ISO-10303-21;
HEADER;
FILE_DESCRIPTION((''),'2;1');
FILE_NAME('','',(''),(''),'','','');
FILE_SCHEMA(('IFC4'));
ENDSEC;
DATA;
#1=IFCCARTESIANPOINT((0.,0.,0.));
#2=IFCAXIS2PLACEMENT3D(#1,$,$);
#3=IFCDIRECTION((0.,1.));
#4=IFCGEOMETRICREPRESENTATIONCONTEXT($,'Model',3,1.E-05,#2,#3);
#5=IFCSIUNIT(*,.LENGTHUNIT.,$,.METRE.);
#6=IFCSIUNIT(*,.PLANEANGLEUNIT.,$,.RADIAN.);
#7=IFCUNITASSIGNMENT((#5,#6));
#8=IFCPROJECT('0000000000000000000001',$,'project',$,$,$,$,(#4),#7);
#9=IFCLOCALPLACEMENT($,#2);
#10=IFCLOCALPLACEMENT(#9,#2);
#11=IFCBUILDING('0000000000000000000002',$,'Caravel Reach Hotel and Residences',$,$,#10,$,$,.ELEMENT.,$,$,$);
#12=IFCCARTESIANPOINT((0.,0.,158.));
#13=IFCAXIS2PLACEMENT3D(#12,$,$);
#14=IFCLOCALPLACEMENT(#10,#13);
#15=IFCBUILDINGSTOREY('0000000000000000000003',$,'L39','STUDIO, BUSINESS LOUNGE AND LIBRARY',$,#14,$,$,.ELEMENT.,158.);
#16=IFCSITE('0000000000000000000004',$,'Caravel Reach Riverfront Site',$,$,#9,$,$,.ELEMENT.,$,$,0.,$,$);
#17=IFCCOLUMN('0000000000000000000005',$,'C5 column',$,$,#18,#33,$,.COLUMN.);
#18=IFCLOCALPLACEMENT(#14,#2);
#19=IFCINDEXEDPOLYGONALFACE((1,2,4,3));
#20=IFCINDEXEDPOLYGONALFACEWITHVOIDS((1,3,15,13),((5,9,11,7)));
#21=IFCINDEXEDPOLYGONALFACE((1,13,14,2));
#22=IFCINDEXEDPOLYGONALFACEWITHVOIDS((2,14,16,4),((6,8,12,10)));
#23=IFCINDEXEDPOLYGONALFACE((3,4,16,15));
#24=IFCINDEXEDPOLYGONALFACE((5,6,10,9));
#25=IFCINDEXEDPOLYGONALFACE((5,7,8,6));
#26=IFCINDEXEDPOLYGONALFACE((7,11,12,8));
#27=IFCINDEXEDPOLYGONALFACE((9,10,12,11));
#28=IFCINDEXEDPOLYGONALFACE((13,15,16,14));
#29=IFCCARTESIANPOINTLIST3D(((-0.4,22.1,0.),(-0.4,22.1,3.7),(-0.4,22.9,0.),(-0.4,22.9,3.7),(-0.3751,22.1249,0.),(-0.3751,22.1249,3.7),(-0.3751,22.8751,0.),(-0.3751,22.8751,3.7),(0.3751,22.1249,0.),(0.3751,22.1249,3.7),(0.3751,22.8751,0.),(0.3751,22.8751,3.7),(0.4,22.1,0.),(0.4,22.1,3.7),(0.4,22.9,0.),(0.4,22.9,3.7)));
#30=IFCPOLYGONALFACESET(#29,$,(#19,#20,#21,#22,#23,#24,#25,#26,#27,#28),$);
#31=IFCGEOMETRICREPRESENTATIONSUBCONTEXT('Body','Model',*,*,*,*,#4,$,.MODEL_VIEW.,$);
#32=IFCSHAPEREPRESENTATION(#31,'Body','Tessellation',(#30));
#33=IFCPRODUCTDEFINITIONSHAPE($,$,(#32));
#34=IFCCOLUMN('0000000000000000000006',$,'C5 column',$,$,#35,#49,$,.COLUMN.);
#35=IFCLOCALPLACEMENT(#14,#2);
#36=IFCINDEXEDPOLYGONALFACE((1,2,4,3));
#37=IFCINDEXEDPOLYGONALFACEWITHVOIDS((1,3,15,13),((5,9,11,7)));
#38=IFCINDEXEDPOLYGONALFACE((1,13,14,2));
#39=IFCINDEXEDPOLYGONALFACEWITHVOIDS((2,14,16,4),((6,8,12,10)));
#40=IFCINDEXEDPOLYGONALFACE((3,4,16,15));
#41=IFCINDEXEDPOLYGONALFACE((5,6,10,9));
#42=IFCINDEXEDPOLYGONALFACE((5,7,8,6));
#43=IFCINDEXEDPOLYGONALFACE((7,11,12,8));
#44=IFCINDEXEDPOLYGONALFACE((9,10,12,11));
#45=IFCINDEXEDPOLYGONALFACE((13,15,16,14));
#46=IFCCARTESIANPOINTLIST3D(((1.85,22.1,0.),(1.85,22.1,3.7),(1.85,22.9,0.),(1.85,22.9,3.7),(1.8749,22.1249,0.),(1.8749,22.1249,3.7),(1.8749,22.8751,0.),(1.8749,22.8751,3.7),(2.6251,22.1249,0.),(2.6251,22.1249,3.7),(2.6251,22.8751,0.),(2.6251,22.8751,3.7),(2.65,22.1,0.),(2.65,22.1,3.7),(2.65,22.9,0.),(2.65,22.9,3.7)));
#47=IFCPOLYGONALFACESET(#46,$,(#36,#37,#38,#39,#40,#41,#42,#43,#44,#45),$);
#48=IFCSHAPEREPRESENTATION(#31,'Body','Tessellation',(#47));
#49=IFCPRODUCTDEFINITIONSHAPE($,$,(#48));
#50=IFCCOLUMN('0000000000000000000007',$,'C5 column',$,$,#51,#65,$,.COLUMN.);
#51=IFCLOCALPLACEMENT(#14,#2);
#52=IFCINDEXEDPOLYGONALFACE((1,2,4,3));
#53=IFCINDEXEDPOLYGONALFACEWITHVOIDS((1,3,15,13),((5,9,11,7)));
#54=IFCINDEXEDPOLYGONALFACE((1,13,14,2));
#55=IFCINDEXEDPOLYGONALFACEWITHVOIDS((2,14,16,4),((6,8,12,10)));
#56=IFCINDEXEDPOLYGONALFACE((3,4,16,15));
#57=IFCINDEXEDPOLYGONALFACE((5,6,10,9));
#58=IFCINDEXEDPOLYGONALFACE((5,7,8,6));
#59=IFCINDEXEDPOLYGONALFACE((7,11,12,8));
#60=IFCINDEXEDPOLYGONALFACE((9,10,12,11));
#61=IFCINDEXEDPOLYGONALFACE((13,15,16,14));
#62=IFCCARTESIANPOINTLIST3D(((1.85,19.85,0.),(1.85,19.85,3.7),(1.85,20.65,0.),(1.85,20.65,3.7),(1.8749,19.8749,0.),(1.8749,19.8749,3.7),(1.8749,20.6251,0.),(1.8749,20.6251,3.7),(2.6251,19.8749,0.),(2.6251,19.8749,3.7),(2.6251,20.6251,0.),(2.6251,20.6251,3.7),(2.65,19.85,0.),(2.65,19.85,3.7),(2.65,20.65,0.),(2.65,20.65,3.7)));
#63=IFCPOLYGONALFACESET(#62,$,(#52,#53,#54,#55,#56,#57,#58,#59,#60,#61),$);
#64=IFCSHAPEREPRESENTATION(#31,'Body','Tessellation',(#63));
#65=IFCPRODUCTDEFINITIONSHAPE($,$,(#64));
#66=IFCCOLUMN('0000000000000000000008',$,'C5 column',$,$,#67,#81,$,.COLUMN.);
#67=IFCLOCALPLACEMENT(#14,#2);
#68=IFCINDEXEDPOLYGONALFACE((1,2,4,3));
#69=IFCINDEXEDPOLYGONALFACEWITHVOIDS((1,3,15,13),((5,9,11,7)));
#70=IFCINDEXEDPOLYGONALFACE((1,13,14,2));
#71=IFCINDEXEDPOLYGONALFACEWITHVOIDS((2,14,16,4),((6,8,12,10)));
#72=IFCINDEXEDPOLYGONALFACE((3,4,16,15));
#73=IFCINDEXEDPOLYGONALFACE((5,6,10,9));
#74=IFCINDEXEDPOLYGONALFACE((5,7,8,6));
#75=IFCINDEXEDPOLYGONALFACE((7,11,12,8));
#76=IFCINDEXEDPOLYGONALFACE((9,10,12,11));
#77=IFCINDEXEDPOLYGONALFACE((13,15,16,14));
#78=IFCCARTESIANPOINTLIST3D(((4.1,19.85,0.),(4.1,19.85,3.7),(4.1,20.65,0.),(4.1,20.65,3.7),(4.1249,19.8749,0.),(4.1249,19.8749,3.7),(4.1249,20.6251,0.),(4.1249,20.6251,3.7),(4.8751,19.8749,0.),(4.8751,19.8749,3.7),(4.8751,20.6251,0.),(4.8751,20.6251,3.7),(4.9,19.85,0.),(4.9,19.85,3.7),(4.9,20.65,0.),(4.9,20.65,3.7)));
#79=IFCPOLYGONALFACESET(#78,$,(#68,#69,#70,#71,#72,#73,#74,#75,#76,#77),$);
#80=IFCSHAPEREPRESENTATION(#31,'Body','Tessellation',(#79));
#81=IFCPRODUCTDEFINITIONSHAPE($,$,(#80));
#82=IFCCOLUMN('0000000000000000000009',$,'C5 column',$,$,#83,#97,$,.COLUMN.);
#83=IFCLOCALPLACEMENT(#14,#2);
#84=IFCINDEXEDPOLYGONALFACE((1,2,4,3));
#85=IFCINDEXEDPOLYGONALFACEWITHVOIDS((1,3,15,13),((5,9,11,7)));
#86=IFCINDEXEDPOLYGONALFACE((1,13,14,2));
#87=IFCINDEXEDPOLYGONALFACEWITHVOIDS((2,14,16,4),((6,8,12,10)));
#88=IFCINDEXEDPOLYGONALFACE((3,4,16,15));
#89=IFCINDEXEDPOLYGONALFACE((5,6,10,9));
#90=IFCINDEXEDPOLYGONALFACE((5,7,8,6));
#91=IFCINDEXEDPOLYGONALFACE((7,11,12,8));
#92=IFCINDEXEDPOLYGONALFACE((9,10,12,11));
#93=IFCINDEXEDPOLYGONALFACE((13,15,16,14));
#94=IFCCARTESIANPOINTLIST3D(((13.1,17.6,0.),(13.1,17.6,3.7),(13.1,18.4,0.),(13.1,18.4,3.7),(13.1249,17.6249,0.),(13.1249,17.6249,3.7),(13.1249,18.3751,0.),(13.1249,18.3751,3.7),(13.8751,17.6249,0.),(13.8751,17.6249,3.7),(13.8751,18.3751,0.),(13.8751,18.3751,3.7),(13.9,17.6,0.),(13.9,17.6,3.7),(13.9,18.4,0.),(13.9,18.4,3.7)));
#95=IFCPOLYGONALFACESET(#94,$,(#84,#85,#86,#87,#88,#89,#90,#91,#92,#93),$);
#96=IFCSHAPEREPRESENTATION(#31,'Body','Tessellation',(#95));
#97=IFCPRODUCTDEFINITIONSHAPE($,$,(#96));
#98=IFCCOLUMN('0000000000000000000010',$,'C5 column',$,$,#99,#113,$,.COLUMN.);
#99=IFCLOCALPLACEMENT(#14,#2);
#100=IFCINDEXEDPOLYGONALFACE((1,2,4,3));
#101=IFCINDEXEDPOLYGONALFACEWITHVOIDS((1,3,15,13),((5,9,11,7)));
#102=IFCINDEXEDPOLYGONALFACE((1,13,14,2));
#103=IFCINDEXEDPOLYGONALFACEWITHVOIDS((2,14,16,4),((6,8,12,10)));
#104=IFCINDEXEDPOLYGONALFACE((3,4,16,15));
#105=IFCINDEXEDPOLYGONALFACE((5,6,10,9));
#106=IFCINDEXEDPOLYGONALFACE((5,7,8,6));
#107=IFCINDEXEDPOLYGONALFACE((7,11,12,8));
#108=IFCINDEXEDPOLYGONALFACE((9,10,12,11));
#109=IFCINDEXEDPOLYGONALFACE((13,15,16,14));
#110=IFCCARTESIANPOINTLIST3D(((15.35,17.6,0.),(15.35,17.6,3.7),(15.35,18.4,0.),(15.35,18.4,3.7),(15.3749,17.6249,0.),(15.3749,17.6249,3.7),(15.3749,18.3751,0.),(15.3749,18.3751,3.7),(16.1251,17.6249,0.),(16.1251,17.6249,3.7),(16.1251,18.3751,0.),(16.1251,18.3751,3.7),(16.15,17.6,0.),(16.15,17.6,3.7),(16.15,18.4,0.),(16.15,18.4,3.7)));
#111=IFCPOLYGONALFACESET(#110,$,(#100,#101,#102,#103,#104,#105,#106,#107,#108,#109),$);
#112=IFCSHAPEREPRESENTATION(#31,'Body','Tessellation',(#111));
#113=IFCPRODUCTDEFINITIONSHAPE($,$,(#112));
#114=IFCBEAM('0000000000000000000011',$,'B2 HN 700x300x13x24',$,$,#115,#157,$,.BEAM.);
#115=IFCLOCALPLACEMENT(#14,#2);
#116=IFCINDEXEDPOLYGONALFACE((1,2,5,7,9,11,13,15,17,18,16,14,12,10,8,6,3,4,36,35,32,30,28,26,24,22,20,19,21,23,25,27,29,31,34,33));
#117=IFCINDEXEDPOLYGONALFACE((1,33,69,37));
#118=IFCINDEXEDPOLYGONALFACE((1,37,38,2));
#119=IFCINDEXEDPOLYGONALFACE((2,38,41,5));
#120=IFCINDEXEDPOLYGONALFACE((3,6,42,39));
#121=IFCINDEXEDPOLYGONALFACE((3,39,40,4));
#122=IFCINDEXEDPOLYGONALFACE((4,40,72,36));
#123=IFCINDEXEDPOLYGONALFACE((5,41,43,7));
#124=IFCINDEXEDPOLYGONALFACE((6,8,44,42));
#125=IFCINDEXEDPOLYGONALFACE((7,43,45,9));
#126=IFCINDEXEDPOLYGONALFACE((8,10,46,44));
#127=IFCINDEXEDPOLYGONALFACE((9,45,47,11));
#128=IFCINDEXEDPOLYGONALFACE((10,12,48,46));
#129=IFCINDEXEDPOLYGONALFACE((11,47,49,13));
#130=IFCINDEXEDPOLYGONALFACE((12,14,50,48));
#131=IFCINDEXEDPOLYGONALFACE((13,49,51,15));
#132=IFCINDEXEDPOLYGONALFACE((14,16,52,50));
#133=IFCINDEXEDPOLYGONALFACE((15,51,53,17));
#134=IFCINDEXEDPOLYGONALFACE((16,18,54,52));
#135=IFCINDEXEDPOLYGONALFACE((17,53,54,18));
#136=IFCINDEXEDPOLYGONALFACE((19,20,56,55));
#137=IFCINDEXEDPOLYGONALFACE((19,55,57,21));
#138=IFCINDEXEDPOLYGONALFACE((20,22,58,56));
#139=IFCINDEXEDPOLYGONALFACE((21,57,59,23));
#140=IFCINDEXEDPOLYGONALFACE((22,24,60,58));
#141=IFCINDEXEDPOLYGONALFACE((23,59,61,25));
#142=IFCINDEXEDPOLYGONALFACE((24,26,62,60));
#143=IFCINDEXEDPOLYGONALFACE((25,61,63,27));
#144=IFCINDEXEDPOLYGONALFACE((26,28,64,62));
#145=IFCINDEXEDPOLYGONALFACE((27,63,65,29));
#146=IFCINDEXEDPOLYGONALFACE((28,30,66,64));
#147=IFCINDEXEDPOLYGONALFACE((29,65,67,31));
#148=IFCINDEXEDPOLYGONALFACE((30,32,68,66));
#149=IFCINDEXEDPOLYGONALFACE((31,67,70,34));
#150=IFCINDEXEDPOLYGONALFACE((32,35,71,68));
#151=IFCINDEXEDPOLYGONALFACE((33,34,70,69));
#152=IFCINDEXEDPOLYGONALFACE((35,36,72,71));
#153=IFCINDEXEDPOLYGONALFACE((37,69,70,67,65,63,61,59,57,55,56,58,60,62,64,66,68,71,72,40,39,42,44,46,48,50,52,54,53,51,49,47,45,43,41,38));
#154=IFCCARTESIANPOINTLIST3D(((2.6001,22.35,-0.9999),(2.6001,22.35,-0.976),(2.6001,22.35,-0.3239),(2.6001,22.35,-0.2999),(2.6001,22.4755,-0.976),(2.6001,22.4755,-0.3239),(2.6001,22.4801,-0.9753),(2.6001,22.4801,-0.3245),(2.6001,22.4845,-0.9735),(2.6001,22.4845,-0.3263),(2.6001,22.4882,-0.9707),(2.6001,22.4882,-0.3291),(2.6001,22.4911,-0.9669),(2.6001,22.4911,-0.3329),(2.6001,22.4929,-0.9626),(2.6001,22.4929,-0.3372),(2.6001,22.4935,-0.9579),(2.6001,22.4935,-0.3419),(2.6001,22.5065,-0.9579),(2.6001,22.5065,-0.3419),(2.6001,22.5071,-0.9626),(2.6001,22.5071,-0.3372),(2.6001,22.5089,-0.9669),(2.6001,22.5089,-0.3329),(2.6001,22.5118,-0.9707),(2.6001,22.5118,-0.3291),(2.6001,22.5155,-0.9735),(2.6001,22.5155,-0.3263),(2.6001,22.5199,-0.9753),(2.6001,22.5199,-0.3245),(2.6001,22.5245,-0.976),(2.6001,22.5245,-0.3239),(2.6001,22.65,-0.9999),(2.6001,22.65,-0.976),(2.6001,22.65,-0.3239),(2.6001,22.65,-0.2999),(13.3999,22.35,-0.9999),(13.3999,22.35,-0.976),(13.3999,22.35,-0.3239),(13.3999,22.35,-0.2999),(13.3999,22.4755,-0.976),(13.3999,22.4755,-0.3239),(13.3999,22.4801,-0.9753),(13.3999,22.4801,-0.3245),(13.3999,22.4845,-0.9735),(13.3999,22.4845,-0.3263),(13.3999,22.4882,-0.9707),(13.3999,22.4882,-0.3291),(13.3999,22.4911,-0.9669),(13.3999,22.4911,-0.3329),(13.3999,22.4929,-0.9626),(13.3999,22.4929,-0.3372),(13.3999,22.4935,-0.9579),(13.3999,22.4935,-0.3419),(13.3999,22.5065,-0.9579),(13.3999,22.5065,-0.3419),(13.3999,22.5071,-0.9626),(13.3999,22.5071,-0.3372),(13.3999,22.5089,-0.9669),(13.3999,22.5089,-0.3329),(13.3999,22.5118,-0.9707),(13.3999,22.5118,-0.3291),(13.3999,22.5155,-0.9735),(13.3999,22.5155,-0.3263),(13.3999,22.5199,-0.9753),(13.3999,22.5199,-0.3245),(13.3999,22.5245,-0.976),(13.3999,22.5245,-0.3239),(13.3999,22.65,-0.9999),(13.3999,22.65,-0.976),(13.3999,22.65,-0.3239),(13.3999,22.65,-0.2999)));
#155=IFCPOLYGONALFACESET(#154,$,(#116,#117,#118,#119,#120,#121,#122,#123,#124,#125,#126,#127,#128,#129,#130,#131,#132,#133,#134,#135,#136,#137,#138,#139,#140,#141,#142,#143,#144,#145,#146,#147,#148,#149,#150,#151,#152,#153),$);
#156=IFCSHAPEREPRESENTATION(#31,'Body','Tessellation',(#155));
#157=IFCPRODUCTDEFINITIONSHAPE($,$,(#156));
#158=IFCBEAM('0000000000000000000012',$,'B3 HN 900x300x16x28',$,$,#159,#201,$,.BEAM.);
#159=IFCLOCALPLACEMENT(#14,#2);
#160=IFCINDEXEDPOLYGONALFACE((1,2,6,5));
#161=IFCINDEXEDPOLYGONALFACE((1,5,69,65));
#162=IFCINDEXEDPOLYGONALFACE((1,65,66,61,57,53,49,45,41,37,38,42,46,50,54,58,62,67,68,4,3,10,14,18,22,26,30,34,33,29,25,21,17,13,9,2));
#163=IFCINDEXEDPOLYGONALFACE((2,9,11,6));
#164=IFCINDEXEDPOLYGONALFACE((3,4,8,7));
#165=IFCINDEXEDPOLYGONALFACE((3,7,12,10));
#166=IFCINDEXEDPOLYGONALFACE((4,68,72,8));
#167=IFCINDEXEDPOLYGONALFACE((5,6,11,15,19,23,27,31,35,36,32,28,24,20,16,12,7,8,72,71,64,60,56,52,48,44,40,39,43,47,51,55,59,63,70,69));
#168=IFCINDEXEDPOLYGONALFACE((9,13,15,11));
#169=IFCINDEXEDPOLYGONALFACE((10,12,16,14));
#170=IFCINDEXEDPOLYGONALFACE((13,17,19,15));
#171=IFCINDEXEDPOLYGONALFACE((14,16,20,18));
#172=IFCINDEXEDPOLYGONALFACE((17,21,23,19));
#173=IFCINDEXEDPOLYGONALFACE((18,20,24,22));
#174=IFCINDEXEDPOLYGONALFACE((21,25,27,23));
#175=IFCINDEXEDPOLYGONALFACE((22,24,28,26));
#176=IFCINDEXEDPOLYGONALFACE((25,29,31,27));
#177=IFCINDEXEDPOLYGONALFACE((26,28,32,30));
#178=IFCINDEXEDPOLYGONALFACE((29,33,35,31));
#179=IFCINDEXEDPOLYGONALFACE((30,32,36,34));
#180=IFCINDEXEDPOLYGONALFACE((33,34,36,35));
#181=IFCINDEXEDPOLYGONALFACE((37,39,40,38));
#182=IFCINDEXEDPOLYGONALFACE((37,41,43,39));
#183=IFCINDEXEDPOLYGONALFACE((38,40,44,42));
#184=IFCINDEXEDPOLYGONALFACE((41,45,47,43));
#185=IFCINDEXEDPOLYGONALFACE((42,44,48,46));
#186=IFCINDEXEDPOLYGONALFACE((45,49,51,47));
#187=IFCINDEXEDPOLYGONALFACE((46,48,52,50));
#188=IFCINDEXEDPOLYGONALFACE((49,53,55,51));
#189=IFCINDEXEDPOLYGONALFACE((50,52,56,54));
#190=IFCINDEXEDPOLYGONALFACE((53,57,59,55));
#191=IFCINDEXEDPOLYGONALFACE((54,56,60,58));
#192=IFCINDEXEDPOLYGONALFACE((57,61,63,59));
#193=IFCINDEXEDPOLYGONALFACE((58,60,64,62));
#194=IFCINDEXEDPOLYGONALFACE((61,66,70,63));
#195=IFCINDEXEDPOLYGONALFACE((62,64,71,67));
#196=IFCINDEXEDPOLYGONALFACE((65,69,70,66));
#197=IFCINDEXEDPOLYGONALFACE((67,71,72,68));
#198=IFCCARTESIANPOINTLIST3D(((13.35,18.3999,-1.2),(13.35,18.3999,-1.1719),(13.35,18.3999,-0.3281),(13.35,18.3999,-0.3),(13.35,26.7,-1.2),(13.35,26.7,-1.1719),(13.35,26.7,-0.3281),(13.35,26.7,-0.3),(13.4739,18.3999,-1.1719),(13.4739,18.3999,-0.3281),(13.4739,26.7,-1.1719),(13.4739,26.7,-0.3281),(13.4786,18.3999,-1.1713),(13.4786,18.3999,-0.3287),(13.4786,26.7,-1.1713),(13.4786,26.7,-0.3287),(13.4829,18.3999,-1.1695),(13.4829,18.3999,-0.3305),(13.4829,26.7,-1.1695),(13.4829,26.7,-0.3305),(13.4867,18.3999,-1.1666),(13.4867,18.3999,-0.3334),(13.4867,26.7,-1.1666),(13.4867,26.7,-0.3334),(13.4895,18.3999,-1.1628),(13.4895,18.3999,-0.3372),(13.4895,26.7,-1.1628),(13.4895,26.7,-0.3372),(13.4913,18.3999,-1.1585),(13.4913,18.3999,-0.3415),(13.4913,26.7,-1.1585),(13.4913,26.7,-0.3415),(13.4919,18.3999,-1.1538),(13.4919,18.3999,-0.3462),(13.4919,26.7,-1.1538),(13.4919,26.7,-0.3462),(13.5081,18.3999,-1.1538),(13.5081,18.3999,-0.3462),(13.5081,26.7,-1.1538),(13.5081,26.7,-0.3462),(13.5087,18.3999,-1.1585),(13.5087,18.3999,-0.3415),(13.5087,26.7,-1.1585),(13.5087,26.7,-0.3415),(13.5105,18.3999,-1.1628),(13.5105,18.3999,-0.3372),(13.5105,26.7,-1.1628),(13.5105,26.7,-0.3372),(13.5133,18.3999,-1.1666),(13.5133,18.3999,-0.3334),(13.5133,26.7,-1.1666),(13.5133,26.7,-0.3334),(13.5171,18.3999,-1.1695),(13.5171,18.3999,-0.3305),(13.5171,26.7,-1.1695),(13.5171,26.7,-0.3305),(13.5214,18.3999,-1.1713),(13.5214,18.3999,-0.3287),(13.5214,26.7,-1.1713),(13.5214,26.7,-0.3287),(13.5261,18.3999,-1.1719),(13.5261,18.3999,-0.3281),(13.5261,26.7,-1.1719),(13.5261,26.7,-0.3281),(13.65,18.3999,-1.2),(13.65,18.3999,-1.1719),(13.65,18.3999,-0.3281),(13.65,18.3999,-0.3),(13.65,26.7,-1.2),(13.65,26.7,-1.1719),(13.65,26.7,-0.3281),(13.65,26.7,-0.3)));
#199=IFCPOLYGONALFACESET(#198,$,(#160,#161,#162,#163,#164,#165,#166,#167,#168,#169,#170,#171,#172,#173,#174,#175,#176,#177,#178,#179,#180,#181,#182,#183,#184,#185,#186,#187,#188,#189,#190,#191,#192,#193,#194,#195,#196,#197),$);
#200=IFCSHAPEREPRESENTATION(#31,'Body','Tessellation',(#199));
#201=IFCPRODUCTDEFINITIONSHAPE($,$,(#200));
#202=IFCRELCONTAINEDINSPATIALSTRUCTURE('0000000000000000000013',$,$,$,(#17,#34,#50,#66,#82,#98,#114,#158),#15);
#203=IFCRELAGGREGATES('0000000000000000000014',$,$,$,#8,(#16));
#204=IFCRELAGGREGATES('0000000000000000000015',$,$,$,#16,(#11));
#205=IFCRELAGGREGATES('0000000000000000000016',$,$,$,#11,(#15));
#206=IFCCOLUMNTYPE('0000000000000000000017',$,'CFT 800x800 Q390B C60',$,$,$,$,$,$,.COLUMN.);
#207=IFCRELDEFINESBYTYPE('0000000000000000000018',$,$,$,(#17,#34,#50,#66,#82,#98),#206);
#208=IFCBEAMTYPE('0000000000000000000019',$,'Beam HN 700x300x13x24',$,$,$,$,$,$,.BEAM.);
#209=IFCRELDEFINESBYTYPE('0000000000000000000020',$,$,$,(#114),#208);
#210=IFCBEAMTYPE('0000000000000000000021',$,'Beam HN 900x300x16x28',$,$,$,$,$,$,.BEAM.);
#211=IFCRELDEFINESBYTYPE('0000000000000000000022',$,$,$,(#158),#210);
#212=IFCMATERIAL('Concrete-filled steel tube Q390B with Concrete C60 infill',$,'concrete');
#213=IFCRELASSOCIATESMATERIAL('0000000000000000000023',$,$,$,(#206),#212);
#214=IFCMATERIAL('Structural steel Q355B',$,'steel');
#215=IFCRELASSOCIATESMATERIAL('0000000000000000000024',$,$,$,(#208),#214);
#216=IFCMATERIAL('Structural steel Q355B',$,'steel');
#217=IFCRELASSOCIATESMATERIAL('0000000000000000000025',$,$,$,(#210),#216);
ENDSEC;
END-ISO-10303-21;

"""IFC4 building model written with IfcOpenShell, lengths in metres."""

from ifc_helpers import new_model, si_unit, direction, frame, origin, origin_2d, place, context, subcontext, project, spatial, hollow_rectangle, i_section, extrude, material, material_profile, profile_set, type_object, element, save


model = new_model("IFC4")

# Units and contexts
model_context = context("Model", 3, precision=1e-05, world=origin(), true_north=direction((0.0, 1.0)))
body_context = subcontext(model_context, "Body", "Model", "MODEL_VIEW")
ifc_project = project(units=[si_unit("LENGTHUNIT", "METRE"), si_unit("PLANEANGLEUNIT", "RADIAN")], contexts=[model_context])

# Site, building, storey
site_placement = place(None, origin())
site = spatial("IfcSite", under=ifc_project, at=site_placement, Name="Caravel Reach Riverfront Site", CompositionType="ELEMENT", RefElevation=0.0)
building_placement = place(site_placement, origin())
building = spatial("IfcBuilding", under=site, at=building_placement, Name="Caravel Reach Hotel and Residences", CompositionType="ELEMENT")
storey_placement = place(building_placement, frame((0.0, 0.0, 158.0)))
storey = spatial("IfcBuildingStorey", under=building, at=storey_placement, Name="L39", Description="STUDIO, BUSINESS LOUNGE AND LIBRARY", CompositionType="ELEMENT", Elevation=158.0)

# Columns
ifc_material_1 = material(Name="Concrete-filled steel tube Q390B with Concrete C60 infill", Category="concrete")
ifc_material_profile_1 = material_profile(ifc_material_1, hollow_rectangle(XDim=0.8, YDim=0.8, WallThickness=0.0249, at=origin_2d()), Name="RHS 800x800x25")
ifc_profile_set_1 = profile_set([ifc_material_profile_1], Name="Concrete-filled steel tube Q390B with Concrete C60 infill")
column_type = type_object("IfcColumnType", Name="CFT 800x800 Q390B C60", PredefinedType="COLUMN", material=ifc_profile_set_1)
for number, where, z_axis, x_axis, name in (
    (1, (0.0, 22.5, 0.0), (0.0, 0.0, 1.0), (1.0, 0.0, 0.0), "C5 column"),
    (2, (2.25, 22.5, 0.0), (0.0, 0.0, 1.0), (1.0, 0.0, 0.0), "C5 column"),
    (3, (2.25, 20.25, 0.0), (0.0, 0.0, 1.0), (1.0, 0.0, 0.0), "C5 column"),
    (4, (4.5, 20.25, 0.0), (0.0, 0.0, 1.0), (1.0, 0.0, 0.0), "C5 column"),
    (5, (13.5, 18.0, 0.0), (0.0, 0.0, 1.0), (1.0, 0.0, 0.0), "C5 column"),
    (6, (15.75, 18.0, 0.0), (0.0, 0.0, 1.0), (1.0, 0.0, 0.0), "C5 column"),
):
    element("IfcColumn", number, at=place(storey_placement, frame(where, z_axis=z_axis, x_axis=x_axis)), inside=storey, type_object=column_type, Name=name, PredefinedType="COLUMN", context=body_context, shape_type="SweptSolid", body=[
        extrude(hollow_rectangle(XDim=0.8, YDim=0.8, WallThickness=0.0249, at=origin_2d()), origin(), (0.0, 0.0, 1.0), 3.7),
    ])

# Beams
ifc_material_2 = material(Name="Structural steel Q355B", Category="steel")
ifc_material_profile_2 = material_profile(ifc_material_2, i_section(OverallWidth=0.3, OverallDepth=0.7, WebThickness=0.0129, FlangeThickness=0.0239, FilletRadius=0.0181, at=origin_2d()), Name="HN 700x300x13x24")
ifc_profile_set_2 = profile_set([ifc_material_profile_2], Name="Structural steel Q355B")
beam_type_1 = type_object("IfcBeamType", Name="Beam HN 700x300x13x24", PredefinedType="BEAM", material=ifc_profile_set_2)
beam_1_placement = place(storey_placement, frame((13.3999, 22.5, -0.6499), z_axis=(-1.0, 0.0, 0.0), x_axis=(0.0, -1.0, 0.0)))
element("IfcBeam", 7, at=beam_1_placement, inside=storey, type_object=beam_type_1, Name="B2 HN 700x300x13x24", PredefinedType="BEAM", context=body_context, shape_type="SweptSolid", body=[
    extrude(i_section(OverallWidth=0.3, OverallDepth=0.7, WebThickness=0.0129, FlangeThickness=0.0239, FilletRadius=0.0181, at=origin_2d()), origin(), (0.0, 0.0, 1.0), 10.7998),
])
ifc_material_3 = material(Name="Structural steel Q355B", Category="steel")
ifc_material_profile_3 = material_profile(ifc_material_3, i_section(OverallWidth=0.3, OverallDepth=0.8999, WebThickness=0.0161, FlangeThickness=0.0281, FilletRadius=0.0181, at=origin_2d()), Name="HN 900x300x16x28")
ifc_profile_set_3 = profile_set([ifc_material_profile_3], Name="Structural steel Q355B")
beam_type_2 = type_object("IfcBeamType", Name="Beam HN 900x300x16x28", PredefinedType="BEAM", material=ifc_profile_set_3)
beam_2_placement = place(storey_placement, frame((13.5, 18.3999, -0.75), z_axis=(0.0, 1.0, 0.0), x_axis=(-1.0, 0.0, 0.0)))
element("IfcBeam", 8, at=beam_2_placement, inside=storey, type_object=beam_type_2, Name="B3 HN 900x300x16x28", PredefinedType="BEAM", context=body_context, shape_type="SweptSolid", body=[
    extrude(i_section(OverallWidth=0.3, OverallDepth=0.8999, WebThickness=0.0161, FlangeThickness=0.0281, FilletRadius=0.0181, at=origin_2d()), origin(), (0.0, 0.0, 1.0), 8.3),
])

save(model, "model.ifc")
